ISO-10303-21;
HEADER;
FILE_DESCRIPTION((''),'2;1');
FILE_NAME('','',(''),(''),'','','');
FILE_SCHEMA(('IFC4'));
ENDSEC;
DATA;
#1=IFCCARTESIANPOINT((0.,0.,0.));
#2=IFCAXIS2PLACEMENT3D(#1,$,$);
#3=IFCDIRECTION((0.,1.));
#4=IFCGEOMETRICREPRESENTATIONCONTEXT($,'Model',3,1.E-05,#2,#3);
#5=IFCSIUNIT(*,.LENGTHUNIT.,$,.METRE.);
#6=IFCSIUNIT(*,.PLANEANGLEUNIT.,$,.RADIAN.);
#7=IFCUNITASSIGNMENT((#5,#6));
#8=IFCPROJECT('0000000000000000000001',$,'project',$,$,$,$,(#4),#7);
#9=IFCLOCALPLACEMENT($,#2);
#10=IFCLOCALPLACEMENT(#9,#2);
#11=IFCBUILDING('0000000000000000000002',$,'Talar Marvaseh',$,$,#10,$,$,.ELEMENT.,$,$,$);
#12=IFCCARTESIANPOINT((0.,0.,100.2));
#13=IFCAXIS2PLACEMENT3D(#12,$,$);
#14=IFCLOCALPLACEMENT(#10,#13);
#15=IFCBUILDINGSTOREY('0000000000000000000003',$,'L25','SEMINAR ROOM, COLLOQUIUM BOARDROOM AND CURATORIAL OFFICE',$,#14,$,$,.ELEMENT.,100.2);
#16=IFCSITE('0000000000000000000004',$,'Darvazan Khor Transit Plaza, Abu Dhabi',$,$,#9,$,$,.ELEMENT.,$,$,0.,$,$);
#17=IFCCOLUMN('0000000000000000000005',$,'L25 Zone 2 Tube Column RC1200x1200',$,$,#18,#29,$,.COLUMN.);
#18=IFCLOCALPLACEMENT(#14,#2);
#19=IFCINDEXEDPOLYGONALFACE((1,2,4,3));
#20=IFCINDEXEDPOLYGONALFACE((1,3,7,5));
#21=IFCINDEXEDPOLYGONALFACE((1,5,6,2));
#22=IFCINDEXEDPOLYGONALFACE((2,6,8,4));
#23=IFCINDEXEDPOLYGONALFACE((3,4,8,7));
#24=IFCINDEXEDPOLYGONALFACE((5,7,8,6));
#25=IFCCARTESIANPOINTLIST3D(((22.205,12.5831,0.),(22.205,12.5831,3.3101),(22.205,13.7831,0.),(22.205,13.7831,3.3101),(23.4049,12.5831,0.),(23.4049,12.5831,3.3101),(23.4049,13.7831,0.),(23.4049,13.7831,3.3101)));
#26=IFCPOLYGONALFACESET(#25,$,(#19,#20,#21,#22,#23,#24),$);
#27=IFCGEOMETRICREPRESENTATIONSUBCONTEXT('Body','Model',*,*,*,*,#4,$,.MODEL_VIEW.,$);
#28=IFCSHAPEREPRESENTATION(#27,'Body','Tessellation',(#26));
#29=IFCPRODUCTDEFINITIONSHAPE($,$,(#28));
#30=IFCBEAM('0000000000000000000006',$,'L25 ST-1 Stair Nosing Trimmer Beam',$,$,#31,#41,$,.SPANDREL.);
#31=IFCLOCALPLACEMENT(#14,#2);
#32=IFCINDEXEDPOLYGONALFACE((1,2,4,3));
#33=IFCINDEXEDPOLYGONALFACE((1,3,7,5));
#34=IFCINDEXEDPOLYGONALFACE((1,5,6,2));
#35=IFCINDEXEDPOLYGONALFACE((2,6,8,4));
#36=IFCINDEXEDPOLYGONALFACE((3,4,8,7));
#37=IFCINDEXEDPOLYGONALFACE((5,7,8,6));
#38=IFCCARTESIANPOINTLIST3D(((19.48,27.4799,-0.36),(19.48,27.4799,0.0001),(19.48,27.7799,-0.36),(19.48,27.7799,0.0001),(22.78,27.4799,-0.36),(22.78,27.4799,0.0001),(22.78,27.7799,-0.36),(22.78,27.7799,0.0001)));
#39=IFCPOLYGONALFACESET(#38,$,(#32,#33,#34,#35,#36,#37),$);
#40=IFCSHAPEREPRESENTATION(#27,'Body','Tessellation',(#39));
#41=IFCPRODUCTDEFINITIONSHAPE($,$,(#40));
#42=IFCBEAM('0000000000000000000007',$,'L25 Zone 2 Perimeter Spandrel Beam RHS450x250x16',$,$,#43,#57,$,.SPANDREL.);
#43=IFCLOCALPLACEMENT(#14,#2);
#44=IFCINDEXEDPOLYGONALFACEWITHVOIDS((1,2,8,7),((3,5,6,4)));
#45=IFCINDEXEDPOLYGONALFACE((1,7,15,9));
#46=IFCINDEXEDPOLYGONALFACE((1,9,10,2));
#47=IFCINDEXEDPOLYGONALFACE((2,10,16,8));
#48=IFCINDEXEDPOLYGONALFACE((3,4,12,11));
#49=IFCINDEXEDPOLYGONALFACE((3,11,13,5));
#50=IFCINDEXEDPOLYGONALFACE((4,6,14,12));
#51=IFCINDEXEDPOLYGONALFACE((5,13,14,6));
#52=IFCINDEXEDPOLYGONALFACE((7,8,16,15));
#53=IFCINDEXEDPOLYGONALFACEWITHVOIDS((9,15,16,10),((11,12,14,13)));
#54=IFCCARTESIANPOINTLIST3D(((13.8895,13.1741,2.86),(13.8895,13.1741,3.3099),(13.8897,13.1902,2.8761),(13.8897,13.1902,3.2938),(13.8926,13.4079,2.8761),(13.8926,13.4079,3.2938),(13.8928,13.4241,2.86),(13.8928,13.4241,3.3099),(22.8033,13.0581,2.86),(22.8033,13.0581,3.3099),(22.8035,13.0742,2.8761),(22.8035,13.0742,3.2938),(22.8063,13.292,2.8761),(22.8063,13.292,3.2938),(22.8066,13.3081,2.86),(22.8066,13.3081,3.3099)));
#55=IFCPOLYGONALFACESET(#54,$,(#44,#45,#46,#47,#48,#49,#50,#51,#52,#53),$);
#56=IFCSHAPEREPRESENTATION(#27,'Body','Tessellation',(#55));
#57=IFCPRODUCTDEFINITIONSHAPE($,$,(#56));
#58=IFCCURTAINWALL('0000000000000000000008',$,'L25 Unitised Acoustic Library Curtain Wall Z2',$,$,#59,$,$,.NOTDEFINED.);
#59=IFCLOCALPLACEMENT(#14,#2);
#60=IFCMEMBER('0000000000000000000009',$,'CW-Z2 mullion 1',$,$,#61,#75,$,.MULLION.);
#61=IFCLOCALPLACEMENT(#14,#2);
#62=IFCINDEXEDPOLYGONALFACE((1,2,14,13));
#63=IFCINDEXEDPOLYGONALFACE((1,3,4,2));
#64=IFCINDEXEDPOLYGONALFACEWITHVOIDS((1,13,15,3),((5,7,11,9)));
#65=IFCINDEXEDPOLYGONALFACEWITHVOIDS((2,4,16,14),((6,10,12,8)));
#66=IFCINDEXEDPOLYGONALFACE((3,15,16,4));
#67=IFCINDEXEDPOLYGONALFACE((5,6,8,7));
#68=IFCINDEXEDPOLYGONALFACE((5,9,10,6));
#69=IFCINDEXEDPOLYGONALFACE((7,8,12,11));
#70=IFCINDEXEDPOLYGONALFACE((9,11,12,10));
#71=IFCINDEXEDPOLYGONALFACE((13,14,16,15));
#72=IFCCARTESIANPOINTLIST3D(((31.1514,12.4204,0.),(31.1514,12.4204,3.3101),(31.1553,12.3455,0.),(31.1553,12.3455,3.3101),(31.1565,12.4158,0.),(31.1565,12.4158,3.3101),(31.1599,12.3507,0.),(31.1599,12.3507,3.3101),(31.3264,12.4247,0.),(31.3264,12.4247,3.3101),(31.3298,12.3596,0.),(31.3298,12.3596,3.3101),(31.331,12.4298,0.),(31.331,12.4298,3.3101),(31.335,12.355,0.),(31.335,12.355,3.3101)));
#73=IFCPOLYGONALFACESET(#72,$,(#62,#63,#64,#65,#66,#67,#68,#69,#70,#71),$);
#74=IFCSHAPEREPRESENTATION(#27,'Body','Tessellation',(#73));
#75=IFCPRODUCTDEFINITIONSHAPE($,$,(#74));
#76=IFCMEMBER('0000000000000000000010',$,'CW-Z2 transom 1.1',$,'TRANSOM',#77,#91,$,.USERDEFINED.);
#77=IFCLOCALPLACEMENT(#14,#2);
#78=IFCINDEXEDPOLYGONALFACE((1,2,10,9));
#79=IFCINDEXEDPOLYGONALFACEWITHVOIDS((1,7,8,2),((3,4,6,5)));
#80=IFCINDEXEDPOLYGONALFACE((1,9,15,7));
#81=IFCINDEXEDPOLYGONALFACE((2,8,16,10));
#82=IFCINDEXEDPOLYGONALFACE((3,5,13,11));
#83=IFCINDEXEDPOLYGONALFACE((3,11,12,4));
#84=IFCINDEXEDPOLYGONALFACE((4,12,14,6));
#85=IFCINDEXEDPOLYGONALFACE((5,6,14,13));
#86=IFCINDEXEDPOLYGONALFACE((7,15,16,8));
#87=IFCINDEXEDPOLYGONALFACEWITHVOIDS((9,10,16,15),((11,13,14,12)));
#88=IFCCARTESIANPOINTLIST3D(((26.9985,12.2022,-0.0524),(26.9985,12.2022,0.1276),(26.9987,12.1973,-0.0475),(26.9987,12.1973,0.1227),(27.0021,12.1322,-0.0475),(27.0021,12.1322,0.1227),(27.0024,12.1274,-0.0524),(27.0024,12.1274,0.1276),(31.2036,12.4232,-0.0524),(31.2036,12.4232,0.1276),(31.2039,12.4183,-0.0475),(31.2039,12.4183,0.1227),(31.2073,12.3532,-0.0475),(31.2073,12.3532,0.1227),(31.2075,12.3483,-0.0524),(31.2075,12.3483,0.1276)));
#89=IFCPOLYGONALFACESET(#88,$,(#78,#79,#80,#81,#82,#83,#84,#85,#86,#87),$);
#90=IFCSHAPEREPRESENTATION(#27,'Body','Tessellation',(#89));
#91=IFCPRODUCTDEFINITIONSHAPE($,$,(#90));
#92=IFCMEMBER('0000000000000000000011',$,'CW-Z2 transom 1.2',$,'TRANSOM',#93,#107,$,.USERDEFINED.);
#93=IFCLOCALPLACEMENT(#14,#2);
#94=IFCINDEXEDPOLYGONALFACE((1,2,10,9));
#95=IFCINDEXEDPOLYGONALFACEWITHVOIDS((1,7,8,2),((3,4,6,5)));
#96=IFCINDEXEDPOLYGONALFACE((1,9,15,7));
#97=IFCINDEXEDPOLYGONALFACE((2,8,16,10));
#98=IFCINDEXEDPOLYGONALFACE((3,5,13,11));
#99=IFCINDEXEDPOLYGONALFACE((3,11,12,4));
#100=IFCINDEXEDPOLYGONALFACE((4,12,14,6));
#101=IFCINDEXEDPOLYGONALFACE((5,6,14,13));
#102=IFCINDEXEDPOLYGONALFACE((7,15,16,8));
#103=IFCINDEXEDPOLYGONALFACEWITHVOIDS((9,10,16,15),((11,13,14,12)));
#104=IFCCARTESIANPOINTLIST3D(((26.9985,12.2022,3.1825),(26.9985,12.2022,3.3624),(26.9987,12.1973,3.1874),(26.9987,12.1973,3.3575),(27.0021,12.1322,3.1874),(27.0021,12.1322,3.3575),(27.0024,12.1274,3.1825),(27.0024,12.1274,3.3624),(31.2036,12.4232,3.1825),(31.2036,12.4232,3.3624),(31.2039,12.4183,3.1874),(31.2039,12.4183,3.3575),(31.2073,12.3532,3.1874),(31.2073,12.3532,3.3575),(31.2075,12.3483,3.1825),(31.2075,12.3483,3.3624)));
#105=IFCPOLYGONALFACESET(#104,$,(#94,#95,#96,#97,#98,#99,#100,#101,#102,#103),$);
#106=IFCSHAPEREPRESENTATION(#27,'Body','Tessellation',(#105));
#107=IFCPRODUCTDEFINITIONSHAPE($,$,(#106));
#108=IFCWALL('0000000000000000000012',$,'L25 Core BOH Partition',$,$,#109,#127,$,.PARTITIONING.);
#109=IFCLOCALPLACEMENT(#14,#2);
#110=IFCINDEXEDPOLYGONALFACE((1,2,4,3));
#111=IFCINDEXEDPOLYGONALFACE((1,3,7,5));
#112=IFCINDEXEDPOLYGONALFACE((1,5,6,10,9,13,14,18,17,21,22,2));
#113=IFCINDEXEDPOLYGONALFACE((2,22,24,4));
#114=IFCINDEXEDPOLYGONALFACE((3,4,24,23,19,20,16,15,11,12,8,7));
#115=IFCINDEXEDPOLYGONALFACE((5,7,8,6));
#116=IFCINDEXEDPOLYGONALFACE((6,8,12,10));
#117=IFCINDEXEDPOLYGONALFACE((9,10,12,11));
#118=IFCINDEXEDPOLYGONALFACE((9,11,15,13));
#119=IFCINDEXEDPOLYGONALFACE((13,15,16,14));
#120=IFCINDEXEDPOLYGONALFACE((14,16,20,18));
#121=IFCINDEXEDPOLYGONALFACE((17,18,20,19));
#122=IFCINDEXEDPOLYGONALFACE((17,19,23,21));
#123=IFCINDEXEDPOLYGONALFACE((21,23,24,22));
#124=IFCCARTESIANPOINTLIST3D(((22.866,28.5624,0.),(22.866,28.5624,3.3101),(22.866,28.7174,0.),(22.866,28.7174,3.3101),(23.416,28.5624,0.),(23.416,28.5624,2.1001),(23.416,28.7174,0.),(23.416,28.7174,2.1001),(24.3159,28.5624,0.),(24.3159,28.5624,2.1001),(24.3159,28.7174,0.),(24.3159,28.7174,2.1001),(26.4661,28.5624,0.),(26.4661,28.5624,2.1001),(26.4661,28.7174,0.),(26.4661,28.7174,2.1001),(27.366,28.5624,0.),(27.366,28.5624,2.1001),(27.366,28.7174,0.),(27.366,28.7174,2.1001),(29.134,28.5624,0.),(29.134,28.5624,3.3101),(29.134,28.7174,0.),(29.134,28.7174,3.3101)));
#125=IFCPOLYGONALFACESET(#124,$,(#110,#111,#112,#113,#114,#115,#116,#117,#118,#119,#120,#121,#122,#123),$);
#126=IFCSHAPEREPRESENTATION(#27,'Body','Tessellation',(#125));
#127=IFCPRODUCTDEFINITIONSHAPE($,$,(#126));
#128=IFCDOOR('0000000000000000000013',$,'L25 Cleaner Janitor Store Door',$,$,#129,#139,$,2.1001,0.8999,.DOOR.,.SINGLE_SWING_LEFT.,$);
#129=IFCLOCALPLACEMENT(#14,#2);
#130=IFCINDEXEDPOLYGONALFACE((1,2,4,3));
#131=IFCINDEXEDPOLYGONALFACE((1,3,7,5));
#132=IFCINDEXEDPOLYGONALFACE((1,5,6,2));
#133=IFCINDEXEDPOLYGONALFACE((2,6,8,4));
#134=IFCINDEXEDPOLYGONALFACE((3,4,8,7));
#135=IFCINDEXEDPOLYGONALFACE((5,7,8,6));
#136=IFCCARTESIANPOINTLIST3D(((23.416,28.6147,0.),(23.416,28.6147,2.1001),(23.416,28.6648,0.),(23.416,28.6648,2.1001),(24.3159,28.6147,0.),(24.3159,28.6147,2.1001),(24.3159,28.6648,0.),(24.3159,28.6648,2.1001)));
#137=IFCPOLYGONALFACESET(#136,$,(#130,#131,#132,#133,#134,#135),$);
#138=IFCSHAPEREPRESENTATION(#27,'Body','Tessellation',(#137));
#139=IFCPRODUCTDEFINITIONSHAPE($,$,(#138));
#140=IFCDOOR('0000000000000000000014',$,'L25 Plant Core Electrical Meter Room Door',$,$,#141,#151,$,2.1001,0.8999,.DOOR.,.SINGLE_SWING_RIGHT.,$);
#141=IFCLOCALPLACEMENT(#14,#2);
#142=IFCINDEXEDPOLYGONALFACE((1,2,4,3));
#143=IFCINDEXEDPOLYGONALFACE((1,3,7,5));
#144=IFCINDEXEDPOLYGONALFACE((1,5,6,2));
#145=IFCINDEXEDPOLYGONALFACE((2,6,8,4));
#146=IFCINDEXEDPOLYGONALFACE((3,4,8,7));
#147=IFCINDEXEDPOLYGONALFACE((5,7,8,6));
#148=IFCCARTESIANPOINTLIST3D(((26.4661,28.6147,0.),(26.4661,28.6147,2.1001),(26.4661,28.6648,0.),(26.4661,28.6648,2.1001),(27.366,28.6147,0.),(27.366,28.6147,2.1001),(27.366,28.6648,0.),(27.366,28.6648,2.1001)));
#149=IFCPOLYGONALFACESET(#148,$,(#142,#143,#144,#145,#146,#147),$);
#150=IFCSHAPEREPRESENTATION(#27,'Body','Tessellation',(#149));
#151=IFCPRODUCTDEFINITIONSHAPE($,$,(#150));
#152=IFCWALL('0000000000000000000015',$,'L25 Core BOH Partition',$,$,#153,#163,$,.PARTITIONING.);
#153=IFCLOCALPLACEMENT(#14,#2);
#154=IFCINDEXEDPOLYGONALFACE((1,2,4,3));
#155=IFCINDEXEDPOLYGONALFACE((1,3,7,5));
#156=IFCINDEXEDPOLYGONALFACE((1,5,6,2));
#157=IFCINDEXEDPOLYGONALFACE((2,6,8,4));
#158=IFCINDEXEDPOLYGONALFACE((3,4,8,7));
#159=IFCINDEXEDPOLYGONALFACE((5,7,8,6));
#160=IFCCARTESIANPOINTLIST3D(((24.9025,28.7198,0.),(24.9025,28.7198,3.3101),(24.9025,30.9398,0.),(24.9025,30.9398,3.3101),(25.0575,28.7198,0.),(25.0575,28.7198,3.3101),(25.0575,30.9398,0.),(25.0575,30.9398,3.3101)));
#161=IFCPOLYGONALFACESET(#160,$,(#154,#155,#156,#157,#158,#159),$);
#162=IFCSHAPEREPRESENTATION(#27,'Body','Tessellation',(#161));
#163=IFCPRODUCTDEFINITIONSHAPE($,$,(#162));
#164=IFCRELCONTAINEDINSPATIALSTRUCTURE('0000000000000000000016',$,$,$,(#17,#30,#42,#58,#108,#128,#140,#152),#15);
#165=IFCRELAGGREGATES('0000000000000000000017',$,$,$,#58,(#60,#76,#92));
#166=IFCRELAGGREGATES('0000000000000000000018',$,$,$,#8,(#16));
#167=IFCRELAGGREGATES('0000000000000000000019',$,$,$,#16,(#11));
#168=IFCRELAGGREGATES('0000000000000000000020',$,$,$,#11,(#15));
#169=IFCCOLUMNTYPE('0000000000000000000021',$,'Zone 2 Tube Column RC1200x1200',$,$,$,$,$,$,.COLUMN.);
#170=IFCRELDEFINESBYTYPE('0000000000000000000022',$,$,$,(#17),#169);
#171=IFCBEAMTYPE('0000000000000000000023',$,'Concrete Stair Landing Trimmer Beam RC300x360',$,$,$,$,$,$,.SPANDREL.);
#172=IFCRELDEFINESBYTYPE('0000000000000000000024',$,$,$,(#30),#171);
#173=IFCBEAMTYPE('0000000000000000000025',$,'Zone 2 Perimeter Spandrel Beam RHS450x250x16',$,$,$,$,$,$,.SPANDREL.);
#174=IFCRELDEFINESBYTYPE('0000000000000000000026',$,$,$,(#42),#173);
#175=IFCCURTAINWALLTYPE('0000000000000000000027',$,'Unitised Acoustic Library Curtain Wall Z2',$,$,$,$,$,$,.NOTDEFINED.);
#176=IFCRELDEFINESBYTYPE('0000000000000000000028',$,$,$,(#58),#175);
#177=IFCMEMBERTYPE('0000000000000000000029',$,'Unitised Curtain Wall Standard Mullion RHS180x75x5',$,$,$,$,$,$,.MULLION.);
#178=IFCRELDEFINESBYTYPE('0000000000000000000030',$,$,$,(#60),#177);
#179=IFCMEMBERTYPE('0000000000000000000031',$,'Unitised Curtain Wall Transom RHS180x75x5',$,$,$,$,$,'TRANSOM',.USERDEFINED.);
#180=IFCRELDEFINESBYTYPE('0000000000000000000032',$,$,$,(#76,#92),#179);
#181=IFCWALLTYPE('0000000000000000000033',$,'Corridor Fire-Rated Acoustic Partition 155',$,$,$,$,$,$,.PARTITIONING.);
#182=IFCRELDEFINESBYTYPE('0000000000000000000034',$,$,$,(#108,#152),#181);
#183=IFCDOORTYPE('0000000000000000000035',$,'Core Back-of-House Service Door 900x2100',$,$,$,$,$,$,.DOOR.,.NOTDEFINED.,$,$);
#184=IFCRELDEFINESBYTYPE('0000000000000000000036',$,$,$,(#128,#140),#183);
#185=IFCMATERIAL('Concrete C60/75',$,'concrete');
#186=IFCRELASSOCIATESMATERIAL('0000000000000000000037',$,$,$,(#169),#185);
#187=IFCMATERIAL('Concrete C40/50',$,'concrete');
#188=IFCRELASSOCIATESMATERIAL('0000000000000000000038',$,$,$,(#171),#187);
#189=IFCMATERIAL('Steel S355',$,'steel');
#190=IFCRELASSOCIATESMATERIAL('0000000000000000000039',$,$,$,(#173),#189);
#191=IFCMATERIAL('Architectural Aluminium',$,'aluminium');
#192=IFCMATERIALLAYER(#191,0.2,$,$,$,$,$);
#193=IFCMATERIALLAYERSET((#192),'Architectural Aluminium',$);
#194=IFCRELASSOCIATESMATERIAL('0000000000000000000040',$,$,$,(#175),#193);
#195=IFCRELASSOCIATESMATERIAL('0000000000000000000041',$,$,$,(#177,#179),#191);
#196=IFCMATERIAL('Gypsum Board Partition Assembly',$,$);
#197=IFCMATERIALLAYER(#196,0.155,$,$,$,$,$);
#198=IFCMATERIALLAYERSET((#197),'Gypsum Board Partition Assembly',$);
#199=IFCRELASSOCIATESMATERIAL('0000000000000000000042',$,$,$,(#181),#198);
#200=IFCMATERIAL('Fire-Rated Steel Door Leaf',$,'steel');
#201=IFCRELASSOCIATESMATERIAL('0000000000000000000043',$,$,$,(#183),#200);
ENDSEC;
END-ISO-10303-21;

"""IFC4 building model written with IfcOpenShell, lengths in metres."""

from ifc_helpers import new_model, si_unit, direction, frame, frame_2d, origin, origin_2d, place, context, subcontext, project, spatial, rectangle, hollow_rectangle, extrude, source, transform, mapped, material, layer, layer_set, material_profile, profile_set, type_object, type_shapes, element, fill, aggregate, save


model = new_model("IFC4")

# Units and contexts
model_context = context("Model", 3, precision=1e-05, world=origin(), true_north=direction((0.0, 1.0)))
body_context = subcontext(model_context, "Body", "Model", "MODEL_VIEW")
ifc_project = project(units=[si_unit("LENGTHUNIT", "METRE"), si_unit("PLANEANGLEUNIT", "RADIAN")], contexts=[model_context])

# Site, building, storey
site_placement = place(None, origin())
site = spatial("IfcSite", under=ifc_project, at=site_placement, Name="Darvazan Khor Transit Plaza, Abu Dhabi", CompositionType="ELEMENT", RefElevation=0.0)
building_placement = place(site_placement, origin())
building = spatial("IfcBuilding", under=site, at=building_placement, Name="Talar Marvaseh", CompositionType="ELEMENT")
storey_placement = place(building_placement, frame((0.0, 0.0, 100.2)))
storey = spatial("IfcBuildingStorey", under=building, at=storey_placement, Name="L25", Description="SEMINAR ROOM, COLLOQUIUM BOARDROOM AND CURATORIAL OFFICE", CompositionType="ELEMENT", Elevation=100.2)

# Column
ifc_material_1 = material(Name="Concrete C60/75", Category="concrete")
ifc_material_profile_1 = material_profile(ifc_material_1, rectangle(XDim=1.2, YDim=1.2, at=origin_2d()), Name="RC1200x1200")
ifc_profile_set_1 = profile_set([ifc_material_profile_1], Name="Concrete C60/75")
column_type = type_object("IfcColumnType", Name="Zone 2 Tube Column RC1200x1200", PredefinedType="COLUMN", material=ifc_profile_set_1)
column_placement = place(storey_placement, frame((22.8049, 13.1831, 0.0), z_axis=(0.0, 0.0, 1.0), x_axis=(1.0, 0.0, 0.0)))
element("IfcColumn", 1, at=column_placement, inside=storey, type_object=column_type, Name="L25 Zone 2 Tube Column RC1200x1200", PredefinedType="COLUMN", context=body_context, shape_type="SweptSolid", body=[
    extrude(rectangle(XDim=1.2, YDim=1.2, at=origin_2d()), origin(), (0.0, 0.0, 1.0), 3.3101),
])

# Beams
ifc_material_2 = material(Name="Concrete C40/50", Category="concrete")
ifc_material_profile_2 = material_profile(ifc_material_2, rectangle(XDim=0.3, YDim=0.3601, at=origin_2d()), Name="RC300x360")
ifc_profile_set_2 = profile_set([ifc_material_profile_2], Name="Concrete C40/50")
beam_type_1 = type_object("IfcBeamType", Name="Concrete Stair Landing Trimmer Beam RC300x360", PredefinedType="SPANDREL", material=ifc_profile_set_2)
beam_1_placement = place(storey_placement, frame((22.78, 27.6299, -0.1799), z_axis=(-1.0, 0.0, 0.0), x_axis=(0.0, -1.0, 0.0)))
element("IfcBeam", 2, at=beam_1_placement, inside=storey, type_object=beam_type_1, Name="L25 ST-1 Stair Nosing Trimmer Beam", PredefinedType="SPANDREL", context=body_context, shape_type="SweptSolid", body=[
    extrude(rectangle(XDim=0.3, YDim=0.3601, at=origin_2d()), origin(), (0.0, 0.0, 1.0), 3.3),
])
ifc_material_3 = material(Name="Steel S355", Category="steel")
ifc_material_profile_3 = material_profile(ifc_material_3, hollow_rectangle(XDim=0.25, YDim=0.45, WallThickness=0.0161, at=origin_2d()), Name="RHS450x250x16")
ifc_profile_set_3 = profile_set([ifc_material_profile_3], Name="Steel S355")
beam_type_2 = type_object("IfcBeamType", Name="Zone 2 Perimeter Spandrel Beam RHS450x250x16", PredefinedType="SPANDREL", material=ifc_profile_set_3)
beam_2_placement = place(storey_placement, frame((22.8049, 13.1831, 3.085), z_axis=(-0.999915, 0.013009, 0.0), x_axis=(-0.013009, -0.999915, 0.0)))
element("IfcBeam", 3, at=beam_2_placement, inside=storey, type_object=beam_type_2, Name="L25 Zone 2 Perimeter Spandrel Beam RHS450x250x16", PredefinedType="SPANDREL", context=body_context, shape_type="SweptSolid", body=[
    extrude(hollow_rectangle(XDim=0.25, YDim=0.45, WallThickness=0.0161, at=origin_2d()), origin(), (0.0, 0.0, 1.0), 8.9146),
])

# Curtain wall, members
ifc_material_4 = material(Name="Architectural Aluminium", Category="aluminium")
ifc_layer_1 = layer(ifc_material_4, 0.2)
ifc_layer_set_1 = layer_set([ifc_layer_1], Name="Architectural Aluminium")
curtain_wall_type = type_object("IfcCurtainWallType", Name="Unitised Acoustic Library Curtain Wall Z2", PredefinedType="NOTDEFINED", material=ifc_layer_set_1)
curtain_wall_placement = place(storey_placement, origin())
curtain_wall = element("IfcCurtainWall", 4, at=curtain_wall_placement, inside=storey, type_object=curtain_wall_type, Name="L25 Unitised Acoustic Library Curtain Wall Z2", PredefinedType="NOTDEFINED")
ifc_material_profile_4 = material_profile(ifc_material_4, hollow_rectangle(XDim=0.075, YDim=0.1799, WallThickness=0.0049, at=origin_2d()), Name="RHS180x75x5")
ifc_profile_set_4 = profile_set([ifc_material_profile_4], Name="Architectural Aluminium")
member_type_1 = type_object("IfcMemberType", Name="Unitised Curtain Wall Standard Mullion RHS180x75x5", PredefinedType="MULLION", material=ifc_profile_set_4)
shared_shape_1 = source(origin(), body_context, "Body", "SweptSolid", [
    extrude(hollow_rectangle(XDim=0.075, YDim=0.1799, WallThickness=0.0049, at=origin_2d()), origin(), (0.0, 0.0, 1.0), 3.3101),
])
type_shapes(member_type_1, [shared_shape_1])
member_1_placement = place(storey_placement, frame((31.2432, 12.3877, 0.0), z_axis=(0.0, 0.0, 1.0), x_axis=(0.052489, -0.998621, 0.0)))
member_1 = element("IfcMember", 5, at=member_1_placement, type_object=member_type_1, Name="CW-Z2 mullion 1", PredefinedType="MULLION", context=body_context, shape_type="MappedRepresentation", body=[
    mapped(shared_shape_1, transform((0.0, 0.0, 0.0), x_axis=(1.0, 0.0, 0.0), y_axis=(0.0, 1.0, 0.0), z_axis=(0.0, 0.0, 1.0), scale=1.0)),
])
ifc_material_profile_5 = material_profile(ifc_material_4, hollow_rectangle(XDim=0.075, YDim=0.1799, WallThickness=0.0049, at=origin_2d()), Name="RHS180x75x5")
ifc_profile_set_5 = profile_set([ifc_material_profile_5], Name="Architectural Aluminium")
member_type_2 = type_object("IfcMemberType", Name="Unitised Curtain Wall Transom RHS180x75x5", ElementType="TRANSOM", PredefinedType="USERDEFINED", material=ifc_profile_set_5)
shared_shape_2 = source(origin(), body_context, "Body", "SweptSolid", [
    extrude(hollow_rectangle(XDim=0.075, YDim=0.1799, WallThickness=0.0049, at=origin_2d()), origin(), (0.0, 0.0, 1.0), 4.2109),
])
type_shapes(member_type_2, [shared_shape_2])
member_2_placement = place(storey_placement, frame((31.2056, 12.3857, 0.0376), z_axis=(-0.998622, -0.052471, 0.0), x_axis=(0.052471, -0.998622, 0.0)))
member_2 = element("IfcMember", 6, at=member_2_placement, type_object=member_type_2, Name="CW-Z2 transom 1.1", ObjectType="TRANSOM", PredefinedType="USERDEFINED", context=body_context, shape_type="MappedRepresentation", body=[
    mapped(shared_shape_2, transform((0.0, 0.0, 0.0), x_axis=(1.0, 0.0, 0.0), y_axis=(0.0, 1.0, 0.0), z_axis=(0.0, 0.0, 1.0), scale=1.0)),
])
member_3_placement = place(storey_placement, frame((31.2056, 12.3857, 3.2725), z_axis=(-0.998622, -0.052471, 0.0), x_axis=(0.052471, -0.998622, 0.0)))
member_3 = element("IfcMember", 7, at=member_3_placement, type_object=member_type_2, Name="CW-Z2 transom 1.2", ObjectType="TRANSOM", PredefinedType="USERDEFINED", context=body_context, shape_type="MappedRepresentation", body=[
    mapped(shared_shape_2, transform((0.0, 0.0, 0.0), x_axis=(1.0, 0.0, 0.0), y_axis=(0.0, 1.0, 0.0), z_axis=(0.0, 0.0, 1.0), scale=1.0)),
])
aggregate(curtain_wall, [member_1, member_2, member_3])

# Wall, openings, doors
ifc_material_5 = material(Name="Gypsum Board Partition Assembly")
ifc_layer_2 = layer(ifc_material_5, 0.155)
ifc_layer_set_2 = layer_set([ifc_layer_2], Name="Gypsum Board Partition Assembly")
wall_type_1 = type_object("IfcWallType", Name="Corridor Fire-Rated Acoustic Partition 155", PredefinedType="PARTITIONING", material=ifc_layer_set_2)
wall_1_placement = place(storey_placement, frame((22.866, 28.6399, 0.0), z_axis=(0.0, 0.0, 1.0), x_axis=(1.0, 0.0, 0.0)))
wall_1 = element("IfcWall", 8, at=wall_1_placement, inside=storey, type_object=wall_type_1, Name="L25 Core BOH Partition", PredefinedType="PARTITIONING", context=body_context, shape_type="SweptSolid", body=[
    extrude(rectangle(XDim=6.2681, YDim=0.155, at=frame_2d((3.134, 0.0))), origin(), (0.0, 0.0, 1.0), 3.3101),
])
opening_1_placement = place(wall_1_placement, frame((0.55, 0.0, 0.0)))
opening_1 = element("IfcOpeningElement", 9, at=opening_1_placement, cuts=wall_1, PredefinedType="OPENING", context=body_context, shape_type="SweptSolid", body=[
    extrude(rectangle(XDim=0.8999, YDim=2.1001, at=frame_2d((0.45, 1.05))), frame((0.0, 0.0874, 0.0), z_axis=(0.0, -1.0, 0.0), x_axis=(1.0, 0.0, 0.0)), (0.0, 0.0, 1.0), 0.175),
])
opening_2_placement = place(wall_1_placement, frame((3.6001, 0.0, 0.0)))
opening_2 = element("IfcOpeningElement", 10, at=opening_2_placement, cuts=wall_1, PredefinedType="OPENING", context=body_context, shape_type="SweptSolid", body=[
    extrude(rectangle(XDim=0.8999, YDim=2.1001, at=frame_2d((0.45, 1.05))), frame((0.0, 0.0874, 0.0), z_axis=(0.0, -1.0, 0.0), x_axis=(1.0, 0.0, 0.0)), (0.0, 0.0, 1.0), 0.175),
])
ifc_material_6 = material(Name="Fire-Rated Steel Door Leaf", Category="steel")
door_type_1 = type_object("IfcDoorType", Name="Core Back-of-House Service Door 900x2100", OperationType="NOTDEFINED", PredefinedType="DOOR", material=ifc_material_6)
shared_shape_3 = source(origin(), body_context, "Body", "SweptSolid", [
    extrude(rectangle(XDim=0.8999, YDim=2.1001, at=frame_2d((0.45, 1.05))), frame((0.0, 0.0249, 0.0), z_axis=(0.0, -1.0, 0.0), x_axis=(1.0, 0.0, 0.0)), (0.0, 0.0, 1.0), 0.05),
])
type_shapes(door_type_1, [shared_shape_3])
door_1_placement = place(opening_1_placement, origin())
door_1 = element("IfcDoor", 11, at=door_1_placement, inside=storey, type_object=door_type_1, Name="L25 Cleaner Janitor Store Door", OperationType="SINGLE_SWING_LEFT", OverallHeight=2.1001, OverallWidth=0.8999, PredefinedType="DOOR", context=body_context, shape_type="MappedRepresentation", body=[
    mapped(shared_shape_3, transform((0.0, 0.0, 0.0), x_axis=(1.0, 0.0, 0.0), y_axis=(0.0, 1.0, 0.0), z_axis=(0.0, 0.0, 1.0), scale=1.0)),
])
fill(opening_1, door_1)
door_2_placement = place(opening_2_placement, origin())
door_2 = element("IfcDoor", 12, at=door_2_placement, inside=storey, type_object=door_type_1, Name="L25 Plant Core Electrical Meter Room Door", OperationType="SINGLE_SWING_RIGHT", OverallHeight=2.1001, OverallWidth=0.8999, PredefinedType="DOOR", context=body_context, shape_type="MappedRepresentation", body=[
    mapped(shared_shape_3, transform((0.0, 0.0, 0.0), x_axis=(1.0, 0.0, 0.0), y_axis=(0.0, 1.0, 0.0), z_axis=(0.0, 0.0, 1.0), scale=1.0)),
])
fill(opening_2, door_2)

# Wall
wall_2_placement = place(storey_placement, frame((24.98, 28.72, 0.0), z_axis=(0.0, 0.0, 1.0), x_axis=(0.0, 1.0, 0.0)))
element("IfcWall", 13, at=wall_2_placement, inside=storey, type_object=wall_type_1, Name="L25 Core BOH Partition", PredefinedType="PARTITIONING", context=body_context, shape_type="SweptSolid", body=[
    extrude(rectangle(XDim=2.22, YDim=0.155, at=frame_2d((1.1099, 0.0))), origin(), (0.0, 0.0, 1.0), 3.3101),
])

save(model, "model.ifc")
